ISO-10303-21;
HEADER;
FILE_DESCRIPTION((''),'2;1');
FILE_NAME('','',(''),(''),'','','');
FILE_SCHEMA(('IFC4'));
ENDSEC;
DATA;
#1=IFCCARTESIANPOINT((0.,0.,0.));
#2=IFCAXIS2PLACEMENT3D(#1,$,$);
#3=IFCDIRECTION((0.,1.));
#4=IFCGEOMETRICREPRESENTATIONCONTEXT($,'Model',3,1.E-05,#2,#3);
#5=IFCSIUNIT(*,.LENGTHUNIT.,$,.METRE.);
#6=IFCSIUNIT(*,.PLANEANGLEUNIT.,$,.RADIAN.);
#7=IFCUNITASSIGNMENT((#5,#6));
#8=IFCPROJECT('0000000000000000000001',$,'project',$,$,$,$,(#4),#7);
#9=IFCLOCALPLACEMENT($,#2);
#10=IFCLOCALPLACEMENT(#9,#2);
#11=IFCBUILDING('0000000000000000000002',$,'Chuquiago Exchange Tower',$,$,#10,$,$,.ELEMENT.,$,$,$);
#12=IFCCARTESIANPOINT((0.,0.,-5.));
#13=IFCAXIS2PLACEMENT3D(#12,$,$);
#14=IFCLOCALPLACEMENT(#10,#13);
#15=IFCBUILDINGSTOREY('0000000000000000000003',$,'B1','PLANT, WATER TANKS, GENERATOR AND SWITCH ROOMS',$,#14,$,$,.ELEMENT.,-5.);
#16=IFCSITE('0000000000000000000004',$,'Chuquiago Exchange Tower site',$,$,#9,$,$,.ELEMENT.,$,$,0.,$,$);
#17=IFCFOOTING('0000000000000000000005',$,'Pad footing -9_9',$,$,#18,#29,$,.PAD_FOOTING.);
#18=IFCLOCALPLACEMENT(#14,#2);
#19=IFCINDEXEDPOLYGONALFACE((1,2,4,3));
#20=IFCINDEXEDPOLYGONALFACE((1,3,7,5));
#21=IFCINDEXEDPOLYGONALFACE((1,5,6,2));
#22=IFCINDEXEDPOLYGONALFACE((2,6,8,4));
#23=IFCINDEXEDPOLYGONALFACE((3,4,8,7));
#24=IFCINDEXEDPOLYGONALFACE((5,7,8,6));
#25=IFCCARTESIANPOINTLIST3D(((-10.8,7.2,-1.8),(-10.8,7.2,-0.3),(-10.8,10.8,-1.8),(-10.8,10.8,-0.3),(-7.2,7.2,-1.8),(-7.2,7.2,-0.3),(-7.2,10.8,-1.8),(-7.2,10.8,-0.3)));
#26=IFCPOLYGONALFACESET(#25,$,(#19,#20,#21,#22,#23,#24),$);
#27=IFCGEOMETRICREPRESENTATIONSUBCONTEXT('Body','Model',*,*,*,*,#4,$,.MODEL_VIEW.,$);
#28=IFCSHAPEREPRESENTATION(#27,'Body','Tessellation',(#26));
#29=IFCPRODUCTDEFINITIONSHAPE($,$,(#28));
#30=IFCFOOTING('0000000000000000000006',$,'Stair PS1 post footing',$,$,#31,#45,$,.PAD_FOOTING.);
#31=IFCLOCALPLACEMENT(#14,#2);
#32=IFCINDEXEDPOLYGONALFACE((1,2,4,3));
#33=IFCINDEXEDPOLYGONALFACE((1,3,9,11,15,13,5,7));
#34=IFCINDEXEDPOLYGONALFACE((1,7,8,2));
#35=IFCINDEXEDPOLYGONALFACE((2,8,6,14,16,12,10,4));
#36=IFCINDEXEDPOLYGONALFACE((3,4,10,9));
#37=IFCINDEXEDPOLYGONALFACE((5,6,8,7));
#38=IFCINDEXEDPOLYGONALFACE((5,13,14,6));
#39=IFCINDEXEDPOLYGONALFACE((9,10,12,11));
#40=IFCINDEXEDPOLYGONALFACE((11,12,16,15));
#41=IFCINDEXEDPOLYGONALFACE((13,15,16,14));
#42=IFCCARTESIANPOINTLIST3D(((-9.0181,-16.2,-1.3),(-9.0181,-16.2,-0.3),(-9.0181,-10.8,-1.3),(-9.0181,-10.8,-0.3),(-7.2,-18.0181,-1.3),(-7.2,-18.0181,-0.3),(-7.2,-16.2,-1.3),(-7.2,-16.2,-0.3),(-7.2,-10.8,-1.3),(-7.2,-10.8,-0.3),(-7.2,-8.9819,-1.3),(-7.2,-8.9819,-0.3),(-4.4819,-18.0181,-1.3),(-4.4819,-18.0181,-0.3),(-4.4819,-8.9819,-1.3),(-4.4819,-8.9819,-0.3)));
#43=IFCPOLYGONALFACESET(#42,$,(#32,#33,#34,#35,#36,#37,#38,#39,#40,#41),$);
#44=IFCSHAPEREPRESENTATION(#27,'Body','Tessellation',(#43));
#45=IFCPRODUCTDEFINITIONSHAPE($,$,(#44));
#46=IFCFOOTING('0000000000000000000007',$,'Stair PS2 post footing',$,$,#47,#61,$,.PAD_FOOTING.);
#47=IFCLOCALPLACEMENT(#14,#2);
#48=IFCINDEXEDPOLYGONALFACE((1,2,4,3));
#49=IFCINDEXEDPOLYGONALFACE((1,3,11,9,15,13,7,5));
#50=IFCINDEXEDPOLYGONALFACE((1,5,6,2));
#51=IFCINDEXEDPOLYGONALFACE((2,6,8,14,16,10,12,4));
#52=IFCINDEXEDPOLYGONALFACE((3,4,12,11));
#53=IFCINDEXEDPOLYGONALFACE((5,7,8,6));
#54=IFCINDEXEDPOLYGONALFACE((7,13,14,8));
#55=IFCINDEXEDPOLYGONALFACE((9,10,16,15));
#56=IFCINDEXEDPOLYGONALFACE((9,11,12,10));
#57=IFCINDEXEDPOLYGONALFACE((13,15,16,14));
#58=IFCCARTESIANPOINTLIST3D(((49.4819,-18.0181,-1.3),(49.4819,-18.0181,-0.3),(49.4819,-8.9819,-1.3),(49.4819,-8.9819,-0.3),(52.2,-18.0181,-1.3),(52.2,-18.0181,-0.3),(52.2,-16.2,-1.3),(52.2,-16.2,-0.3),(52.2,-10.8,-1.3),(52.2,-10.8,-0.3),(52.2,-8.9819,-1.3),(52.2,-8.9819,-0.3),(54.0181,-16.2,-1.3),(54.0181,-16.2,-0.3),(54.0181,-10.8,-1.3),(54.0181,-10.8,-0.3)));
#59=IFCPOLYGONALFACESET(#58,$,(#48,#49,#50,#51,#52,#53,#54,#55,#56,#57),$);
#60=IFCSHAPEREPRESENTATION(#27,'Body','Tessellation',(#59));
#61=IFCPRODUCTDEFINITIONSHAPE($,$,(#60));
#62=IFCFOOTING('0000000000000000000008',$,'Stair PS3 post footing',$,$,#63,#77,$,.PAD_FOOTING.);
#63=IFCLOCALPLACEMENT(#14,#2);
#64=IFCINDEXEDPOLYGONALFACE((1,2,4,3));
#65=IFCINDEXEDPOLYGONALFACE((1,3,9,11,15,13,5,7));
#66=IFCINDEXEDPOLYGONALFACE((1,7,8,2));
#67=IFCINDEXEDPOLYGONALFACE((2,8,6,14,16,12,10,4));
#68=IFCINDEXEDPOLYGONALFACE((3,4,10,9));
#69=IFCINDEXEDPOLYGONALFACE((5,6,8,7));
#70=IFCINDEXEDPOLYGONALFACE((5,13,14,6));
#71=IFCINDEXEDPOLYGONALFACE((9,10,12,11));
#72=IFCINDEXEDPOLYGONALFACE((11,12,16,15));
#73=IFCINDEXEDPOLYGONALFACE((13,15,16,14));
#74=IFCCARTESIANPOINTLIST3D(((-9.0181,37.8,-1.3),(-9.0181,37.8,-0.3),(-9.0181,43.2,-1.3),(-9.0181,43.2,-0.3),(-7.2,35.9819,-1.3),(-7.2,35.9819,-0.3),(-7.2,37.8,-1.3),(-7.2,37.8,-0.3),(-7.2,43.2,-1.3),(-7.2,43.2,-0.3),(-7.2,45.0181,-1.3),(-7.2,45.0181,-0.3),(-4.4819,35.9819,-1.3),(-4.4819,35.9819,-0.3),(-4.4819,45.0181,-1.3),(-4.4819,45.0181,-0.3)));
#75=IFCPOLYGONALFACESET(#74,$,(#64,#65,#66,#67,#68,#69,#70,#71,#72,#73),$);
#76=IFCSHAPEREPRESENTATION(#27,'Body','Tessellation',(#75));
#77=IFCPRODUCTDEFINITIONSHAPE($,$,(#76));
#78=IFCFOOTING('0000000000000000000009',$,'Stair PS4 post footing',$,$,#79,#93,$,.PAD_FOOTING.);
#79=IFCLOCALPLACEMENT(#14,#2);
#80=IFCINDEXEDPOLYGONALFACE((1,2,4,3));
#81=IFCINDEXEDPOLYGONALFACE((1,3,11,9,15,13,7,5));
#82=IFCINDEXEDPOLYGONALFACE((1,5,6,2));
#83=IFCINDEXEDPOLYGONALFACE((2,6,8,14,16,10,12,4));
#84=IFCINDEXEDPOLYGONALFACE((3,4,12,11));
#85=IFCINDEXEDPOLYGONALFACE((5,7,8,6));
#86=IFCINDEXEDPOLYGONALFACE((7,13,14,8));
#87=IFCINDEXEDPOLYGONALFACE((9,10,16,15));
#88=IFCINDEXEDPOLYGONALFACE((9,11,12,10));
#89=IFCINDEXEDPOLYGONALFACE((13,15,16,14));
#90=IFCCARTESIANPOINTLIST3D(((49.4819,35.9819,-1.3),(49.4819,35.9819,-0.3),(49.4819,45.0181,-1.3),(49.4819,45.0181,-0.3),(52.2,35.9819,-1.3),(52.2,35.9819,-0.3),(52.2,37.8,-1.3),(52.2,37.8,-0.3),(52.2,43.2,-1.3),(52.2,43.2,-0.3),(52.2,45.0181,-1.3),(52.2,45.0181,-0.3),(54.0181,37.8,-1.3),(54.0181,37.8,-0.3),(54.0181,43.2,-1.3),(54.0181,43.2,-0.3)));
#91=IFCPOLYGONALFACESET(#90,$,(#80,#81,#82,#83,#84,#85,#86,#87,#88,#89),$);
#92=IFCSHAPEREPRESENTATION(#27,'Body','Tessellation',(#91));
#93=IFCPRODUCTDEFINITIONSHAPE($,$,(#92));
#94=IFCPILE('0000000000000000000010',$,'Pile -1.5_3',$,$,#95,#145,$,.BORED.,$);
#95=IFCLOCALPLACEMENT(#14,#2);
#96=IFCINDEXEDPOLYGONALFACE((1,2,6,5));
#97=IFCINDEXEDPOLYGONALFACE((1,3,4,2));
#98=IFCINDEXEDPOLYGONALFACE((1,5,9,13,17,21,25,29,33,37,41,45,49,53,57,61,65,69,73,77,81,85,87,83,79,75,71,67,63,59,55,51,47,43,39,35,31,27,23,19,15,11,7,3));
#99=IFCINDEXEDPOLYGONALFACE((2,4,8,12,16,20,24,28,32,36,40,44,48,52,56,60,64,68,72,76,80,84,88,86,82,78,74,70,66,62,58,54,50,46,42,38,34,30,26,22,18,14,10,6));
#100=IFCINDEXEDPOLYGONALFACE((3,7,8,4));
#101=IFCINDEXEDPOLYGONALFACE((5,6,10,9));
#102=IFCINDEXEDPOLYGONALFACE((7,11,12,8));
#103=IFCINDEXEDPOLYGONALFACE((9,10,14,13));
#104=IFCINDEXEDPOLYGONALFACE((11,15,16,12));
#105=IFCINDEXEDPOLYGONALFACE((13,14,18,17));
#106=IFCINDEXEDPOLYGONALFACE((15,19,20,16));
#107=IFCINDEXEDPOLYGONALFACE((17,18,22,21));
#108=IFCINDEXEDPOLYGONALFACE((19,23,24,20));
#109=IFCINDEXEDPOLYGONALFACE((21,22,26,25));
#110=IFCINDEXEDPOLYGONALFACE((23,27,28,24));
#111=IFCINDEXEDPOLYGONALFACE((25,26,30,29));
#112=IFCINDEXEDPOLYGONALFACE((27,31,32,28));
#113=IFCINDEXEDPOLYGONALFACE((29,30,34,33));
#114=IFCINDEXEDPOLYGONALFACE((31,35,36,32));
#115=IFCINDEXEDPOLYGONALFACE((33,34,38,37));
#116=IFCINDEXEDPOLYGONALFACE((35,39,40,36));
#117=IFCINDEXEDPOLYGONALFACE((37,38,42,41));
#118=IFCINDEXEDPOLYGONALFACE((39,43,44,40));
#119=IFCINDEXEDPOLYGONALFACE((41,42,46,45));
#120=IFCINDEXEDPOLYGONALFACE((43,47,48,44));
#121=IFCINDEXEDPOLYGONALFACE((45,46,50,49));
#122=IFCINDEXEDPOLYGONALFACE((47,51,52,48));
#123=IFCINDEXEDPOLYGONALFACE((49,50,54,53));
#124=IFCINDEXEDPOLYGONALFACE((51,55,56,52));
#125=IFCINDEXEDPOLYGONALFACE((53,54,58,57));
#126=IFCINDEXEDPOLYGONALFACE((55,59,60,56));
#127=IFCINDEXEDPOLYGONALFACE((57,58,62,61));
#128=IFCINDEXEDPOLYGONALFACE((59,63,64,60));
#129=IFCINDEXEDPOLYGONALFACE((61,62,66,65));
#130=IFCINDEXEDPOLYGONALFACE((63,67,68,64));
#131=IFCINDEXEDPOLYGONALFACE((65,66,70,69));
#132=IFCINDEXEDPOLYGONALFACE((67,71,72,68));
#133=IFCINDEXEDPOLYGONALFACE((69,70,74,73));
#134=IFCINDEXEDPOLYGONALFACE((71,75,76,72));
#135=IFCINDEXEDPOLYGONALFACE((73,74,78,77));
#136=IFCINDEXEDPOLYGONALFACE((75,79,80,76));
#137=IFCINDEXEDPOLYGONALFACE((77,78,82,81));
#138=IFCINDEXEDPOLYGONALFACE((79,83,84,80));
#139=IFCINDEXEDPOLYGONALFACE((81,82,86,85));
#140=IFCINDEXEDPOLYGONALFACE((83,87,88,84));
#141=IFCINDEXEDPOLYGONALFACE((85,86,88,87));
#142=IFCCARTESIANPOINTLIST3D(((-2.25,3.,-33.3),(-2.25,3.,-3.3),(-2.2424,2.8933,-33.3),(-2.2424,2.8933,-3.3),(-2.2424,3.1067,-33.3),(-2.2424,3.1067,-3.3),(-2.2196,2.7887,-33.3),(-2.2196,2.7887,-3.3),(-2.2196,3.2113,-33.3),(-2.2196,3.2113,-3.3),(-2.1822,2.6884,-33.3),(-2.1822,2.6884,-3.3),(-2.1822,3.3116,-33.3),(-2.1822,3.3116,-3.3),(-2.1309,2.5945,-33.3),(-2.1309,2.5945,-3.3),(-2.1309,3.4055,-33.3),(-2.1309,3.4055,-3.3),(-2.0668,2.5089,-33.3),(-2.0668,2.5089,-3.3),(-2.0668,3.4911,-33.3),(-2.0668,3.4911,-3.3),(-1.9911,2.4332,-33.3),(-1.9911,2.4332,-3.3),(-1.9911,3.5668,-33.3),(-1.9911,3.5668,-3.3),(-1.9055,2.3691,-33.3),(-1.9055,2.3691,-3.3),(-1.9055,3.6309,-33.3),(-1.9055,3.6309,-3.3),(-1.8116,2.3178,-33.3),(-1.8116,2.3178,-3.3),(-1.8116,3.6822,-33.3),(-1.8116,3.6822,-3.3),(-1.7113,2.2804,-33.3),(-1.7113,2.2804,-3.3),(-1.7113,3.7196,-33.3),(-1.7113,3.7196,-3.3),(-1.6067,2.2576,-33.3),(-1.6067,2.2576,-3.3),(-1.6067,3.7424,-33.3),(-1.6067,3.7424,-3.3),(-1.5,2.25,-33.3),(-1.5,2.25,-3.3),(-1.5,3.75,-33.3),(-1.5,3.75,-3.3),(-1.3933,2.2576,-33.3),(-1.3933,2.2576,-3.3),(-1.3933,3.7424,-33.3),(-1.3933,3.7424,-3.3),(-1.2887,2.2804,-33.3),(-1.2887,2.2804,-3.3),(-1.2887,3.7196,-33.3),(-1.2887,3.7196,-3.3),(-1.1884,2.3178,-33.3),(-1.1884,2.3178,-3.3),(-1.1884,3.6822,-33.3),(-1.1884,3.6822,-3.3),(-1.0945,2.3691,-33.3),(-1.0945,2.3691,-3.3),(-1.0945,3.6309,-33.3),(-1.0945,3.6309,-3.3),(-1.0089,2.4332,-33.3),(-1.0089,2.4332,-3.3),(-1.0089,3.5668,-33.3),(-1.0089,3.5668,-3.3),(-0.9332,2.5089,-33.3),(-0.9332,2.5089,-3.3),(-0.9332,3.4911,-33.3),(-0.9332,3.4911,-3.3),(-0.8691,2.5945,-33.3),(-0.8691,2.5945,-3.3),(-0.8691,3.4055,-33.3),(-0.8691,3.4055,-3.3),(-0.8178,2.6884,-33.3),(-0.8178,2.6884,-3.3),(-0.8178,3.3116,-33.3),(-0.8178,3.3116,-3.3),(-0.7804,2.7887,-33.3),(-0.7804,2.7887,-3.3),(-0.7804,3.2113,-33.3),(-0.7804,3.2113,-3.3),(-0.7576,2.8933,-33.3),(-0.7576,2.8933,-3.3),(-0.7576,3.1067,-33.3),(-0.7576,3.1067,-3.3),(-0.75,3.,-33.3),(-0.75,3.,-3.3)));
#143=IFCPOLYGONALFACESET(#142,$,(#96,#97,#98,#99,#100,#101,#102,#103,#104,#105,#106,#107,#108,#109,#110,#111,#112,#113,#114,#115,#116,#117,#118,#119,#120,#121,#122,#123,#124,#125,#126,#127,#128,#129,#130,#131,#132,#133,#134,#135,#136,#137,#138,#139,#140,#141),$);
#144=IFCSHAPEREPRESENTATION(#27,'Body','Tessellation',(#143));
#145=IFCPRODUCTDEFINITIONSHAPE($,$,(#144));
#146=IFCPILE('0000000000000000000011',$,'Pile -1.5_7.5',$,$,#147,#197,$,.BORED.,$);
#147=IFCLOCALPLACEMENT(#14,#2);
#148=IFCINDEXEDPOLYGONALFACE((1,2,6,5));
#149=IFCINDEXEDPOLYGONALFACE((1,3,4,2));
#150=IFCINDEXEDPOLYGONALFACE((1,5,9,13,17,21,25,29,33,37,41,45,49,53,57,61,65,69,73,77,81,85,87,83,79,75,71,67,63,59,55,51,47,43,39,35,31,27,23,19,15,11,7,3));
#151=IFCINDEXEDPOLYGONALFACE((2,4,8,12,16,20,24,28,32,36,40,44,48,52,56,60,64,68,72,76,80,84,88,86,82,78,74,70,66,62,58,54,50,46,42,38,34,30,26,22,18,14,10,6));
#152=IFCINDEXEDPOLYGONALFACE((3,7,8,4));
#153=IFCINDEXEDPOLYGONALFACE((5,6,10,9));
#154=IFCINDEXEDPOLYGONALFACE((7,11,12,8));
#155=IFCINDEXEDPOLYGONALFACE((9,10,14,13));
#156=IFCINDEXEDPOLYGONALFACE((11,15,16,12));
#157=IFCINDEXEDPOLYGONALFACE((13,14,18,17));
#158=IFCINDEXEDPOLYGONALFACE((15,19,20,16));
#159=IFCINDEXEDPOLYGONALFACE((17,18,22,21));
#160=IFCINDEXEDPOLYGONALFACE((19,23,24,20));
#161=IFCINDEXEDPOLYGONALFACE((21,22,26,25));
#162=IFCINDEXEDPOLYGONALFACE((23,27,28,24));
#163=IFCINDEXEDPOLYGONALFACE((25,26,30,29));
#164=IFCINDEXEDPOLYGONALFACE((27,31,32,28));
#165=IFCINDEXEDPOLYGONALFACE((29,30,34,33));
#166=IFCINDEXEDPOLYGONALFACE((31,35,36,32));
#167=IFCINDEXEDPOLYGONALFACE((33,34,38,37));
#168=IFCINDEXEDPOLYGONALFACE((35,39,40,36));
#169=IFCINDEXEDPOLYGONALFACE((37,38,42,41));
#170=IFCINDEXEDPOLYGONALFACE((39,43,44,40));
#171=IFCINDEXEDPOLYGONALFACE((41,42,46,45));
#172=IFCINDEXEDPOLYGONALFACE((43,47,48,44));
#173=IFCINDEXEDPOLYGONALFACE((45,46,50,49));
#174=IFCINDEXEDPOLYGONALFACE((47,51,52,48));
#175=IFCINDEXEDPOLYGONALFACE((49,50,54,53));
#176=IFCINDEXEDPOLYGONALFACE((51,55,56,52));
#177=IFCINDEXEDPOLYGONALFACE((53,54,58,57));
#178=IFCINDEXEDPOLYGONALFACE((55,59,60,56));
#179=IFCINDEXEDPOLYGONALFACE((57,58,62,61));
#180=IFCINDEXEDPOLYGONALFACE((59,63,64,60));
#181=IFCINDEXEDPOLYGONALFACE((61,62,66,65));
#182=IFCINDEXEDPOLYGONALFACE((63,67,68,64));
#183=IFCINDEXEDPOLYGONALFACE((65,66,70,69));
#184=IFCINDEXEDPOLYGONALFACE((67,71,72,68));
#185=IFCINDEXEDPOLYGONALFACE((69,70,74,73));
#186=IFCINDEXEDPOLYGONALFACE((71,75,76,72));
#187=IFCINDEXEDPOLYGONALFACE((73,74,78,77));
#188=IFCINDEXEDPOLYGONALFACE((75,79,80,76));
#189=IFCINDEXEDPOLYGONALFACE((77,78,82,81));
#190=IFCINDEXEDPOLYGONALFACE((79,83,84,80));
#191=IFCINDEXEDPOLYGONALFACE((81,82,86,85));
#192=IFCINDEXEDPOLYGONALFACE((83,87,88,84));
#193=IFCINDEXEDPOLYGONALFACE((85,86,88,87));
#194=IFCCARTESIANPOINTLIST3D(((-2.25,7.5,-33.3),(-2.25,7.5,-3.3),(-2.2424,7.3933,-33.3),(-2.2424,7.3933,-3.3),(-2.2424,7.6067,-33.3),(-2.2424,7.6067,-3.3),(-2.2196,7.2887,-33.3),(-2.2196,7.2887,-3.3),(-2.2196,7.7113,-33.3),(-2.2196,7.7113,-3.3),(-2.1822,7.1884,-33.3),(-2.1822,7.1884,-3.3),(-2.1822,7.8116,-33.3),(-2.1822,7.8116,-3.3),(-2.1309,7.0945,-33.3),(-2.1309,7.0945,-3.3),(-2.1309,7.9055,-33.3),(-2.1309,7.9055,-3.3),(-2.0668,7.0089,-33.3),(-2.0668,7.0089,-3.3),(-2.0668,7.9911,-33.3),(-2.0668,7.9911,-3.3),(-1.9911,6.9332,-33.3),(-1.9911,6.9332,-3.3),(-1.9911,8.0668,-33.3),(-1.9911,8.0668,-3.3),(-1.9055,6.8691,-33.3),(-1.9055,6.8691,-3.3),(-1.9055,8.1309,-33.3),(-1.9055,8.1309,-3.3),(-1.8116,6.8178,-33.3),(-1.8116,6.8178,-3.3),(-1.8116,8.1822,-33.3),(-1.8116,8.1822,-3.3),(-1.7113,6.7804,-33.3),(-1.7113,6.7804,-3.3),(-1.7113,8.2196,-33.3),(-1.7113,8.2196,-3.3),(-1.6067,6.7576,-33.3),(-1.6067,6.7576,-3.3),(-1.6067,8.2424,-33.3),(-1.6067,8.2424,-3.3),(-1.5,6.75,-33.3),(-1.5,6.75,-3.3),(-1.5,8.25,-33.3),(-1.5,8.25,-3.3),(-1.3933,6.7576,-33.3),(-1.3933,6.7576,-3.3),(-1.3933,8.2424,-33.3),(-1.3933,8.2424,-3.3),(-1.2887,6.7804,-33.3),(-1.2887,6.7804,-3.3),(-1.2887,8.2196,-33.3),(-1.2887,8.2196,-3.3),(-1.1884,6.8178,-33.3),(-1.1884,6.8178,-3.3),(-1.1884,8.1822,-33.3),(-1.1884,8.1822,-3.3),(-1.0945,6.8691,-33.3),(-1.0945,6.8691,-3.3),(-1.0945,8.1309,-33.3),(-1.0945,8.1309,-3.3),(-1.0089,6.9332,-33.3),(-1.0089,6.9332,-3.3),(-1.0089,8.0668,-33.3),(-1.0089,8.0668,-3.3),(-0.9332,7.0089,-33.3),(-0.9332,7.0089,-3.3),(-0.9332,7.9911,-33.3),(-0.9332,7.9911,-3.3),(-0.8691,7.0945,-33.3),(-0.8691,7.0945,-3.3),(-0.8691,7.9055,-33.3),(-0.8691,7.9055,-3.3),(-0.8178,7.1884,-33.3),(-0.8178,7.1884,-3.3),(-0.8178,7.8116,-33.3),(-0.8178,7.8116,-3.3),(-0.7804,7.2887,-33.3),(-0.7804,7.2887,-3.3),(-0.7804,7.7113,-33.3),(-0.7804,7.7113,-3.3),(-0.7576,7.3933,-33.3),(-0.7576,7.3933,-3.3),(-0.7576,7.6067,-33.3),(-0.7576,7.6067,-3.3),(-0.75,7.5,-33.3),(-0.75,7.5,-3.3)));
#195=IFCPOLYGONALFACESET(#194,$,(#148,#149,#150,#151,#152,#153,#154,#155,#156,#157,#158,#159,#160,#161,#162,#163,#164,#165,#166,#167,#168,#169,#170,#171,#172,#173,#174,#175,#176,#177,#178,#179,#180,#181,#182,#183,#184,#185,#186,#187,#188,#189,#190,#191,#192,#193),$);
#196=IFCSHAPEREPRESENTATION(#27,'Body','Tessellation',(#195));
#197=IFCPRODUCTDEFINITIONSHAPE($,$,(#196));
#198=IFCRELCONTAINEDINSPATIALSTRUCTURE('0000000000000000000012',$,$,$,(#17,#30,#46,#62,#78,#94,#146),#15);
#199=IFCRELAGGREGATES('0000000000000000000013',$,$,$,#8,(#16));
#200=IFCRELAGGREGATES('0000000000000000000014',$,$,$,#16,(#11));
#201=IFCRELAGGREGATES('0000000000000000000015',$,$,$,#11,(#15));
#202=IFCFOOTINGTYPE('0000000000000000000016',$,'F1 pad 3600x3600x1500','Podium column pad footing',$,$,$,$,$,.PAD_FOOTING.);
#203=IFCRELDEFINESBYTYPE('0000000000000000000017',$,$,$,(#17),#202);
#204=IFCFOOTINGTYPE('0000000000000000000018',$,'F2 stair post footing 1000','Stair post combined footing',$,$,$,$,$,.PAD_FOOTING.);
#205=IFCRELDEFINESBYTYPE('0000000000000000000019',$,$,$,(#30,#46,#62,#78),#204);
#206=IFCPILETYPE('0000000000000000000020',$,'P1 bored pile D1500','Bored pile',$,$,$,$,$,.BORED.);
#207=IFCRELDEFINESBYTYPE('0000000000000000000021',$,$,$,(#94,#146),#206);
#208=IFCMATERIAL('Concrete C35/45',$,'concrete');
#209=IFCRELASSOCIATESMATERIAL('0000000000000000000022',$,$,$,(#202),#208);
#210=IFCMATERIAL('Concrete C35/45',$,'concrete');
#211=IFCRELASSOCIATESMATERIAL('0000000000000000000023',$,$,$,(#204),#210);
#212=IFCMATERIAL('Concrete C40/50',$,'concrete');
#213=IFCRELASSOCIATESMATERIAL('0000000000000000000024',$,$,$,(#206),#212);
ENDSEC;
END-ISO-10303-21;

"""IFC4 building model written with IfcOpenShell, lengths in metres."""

from ifc_helpers import new_model, si_unit, direction, frame, origin, origin_2d, place, context, subcontext, project, spatial, polyline, rectangle, circle, outline, extrude, material, material_profile, profile_set, type_object, element, save


model = new_model("IFC4")

# Units and contexts
model_context = context("Model", 3, precision=1e-05, world=origin(), true_north=direction((0.0, 1.0)))
body_context = subcontext(model_context, "Body", "Model", "MODEL_VIEW")
ifc_project = project(units=[si_unit("LENGTHUNIT", "METRE"), si_unit("PLANEANGLEUNIT", "RADIAN")], contexts=[model_context])

# Site, building, storey
site_placement = place(None, origin())
site = spatial("IfcSite", under=ifc_project, at=site_placement, Name="Chuquiago Exchange Tower site", CompositionType="ELEMENT", RefElevation=0.0)
building_placement = place(site_placement, origin())
building = spatial("IfcBuilding", under=site, at=building_placement, Name="Chuquiago Exchange Tower", CompositionType="ELEMENT")
storey_placement = place(building_placement, frame((0.0, 0.0, -5.0)))
storey = spatial("IfcBuildingStorey", under=building, at=storey_placement, Name="B1", Description="PLANT, WATER TANKS, GENERATOR AND SWITCH ROOMS", CompositionType="ELEMENT", Elevation=-5.0)

# Footings
ifc_material_1 = material(Name="Concrete C35/45", Category="concrete")
footing_type_1 = type_object("IfcFootingType", Name="F1 pad 3600x3600x1500", Description="Podium column pad footing", PredefinedType="PAD_FOOTING", material=ifc_material_1)
footing_1_placement = place(storey_placement, frame((-9.0, 9.0, -1.8), z_axis=(0.0, 0.0, 1.0), x_axis=(1.0, 0.0, 0.0)))
element("IfcFooting", 1, at=footing_1_placement, inside=storey, type_object=footing_type_1, Name="Pad footing -9_9", PredefinedType="PAD_FOOTING", context=body_context, shape_type="SweptSolid", body=[
    extrude(rectangle(XDim=3.6001, YDim=3.6001, at=origin_2d()), origin(), (0.0, 0.0, 1.0), 1.5),
])
ifc_material_2 = material(Name="Concrete C35/45", Category="concrete")
footing_type_2 = type_object("IfcFootingType", Name="F2 stair post footing 1000", Description="Stair post combined footing", PredefinedType="PAD_FOOTING", material=ifc_material_2)
footing_2_placement = place(storey_placement, frame((0.0, 0.0, -1.3)))
element("IfcFooting", 2, at=footing_2_placement, inside=storey, type_object=footing_type_2, Name="Stair PS1 post footing", PredefinedType="PAD_FOOTING", context=body_context, shape_type="SweptSolid", body=[
    extrude(outline(polyline([(-4.4819, -8.9819), (-4.4819, -18.0181), (-7.2, -18.0181), (-7.2, -16.2), (-9.0181, -16.2), (-9.0181, -10.8), (-7.2, -10.8), (-7.2, -8.9819), (-4.4819, -8.9819)])), origin(), (0.0, 0.0, 1.0), 1.0),
])
footing_3_placement = place(storey_placement, frame((0.0, 0.0, -1.3)))
element("IfcFooting", 3, at=footing_3_placement, inside=storey, type_object=footing_type_2, Name="Stair PS2 post footing", PredefinedType="PAD_FOOTING", context=body_context, shape_type="SweptSolid", body=[
    extrude(outline(polyline([(54.0181, -16.2), (52.2, -16.2), (52.2, -18.0181), (49.4819, -18.0181), (49.4819, -8.9819), (52.2, -8.9819), (52.2, -10.8), (54.0181, -10.8), (54.0181, -16.2)])), origin(), (0.0, 0.0, 1.0), 1.0),
])
footing_4_placement = place(storey_placement, frame((0.0, 0.0, -1.3)))
element("IfcFooting", 4, at=footing_4_placement, inside=storey, type_object=footing_type_2, Name="Stair PS3 post footing", PredefinedType="PAD_FOOTING", context=body_context, shape_type="SweptSolid", body=[
    extrude(outline(polyline([(-4.4819, 45.0181), (-4.4819, 35.9819), (-7.2, 35.9819), (-7.2, 37.8), (-9.0181, 37.8), (-9.0181, 43.2), (-7.2, 43.2), (-7.2, 45.0181), (-4.4819, 45.0181)])), origin(), (0.0, 0.0, 1.0), 1.0),
])
footing_5_placement = place(storey_placement, frame((0.0, 0.0, -1.3)))
element("IfcFooting", 5, at=footing_5_placement, inside=storey, type_object=footing_type_2, Name="Stair PS4 post footing", PredefinedType="PAD_FOOTING", context=body_context, shape_type="SweptSolid", body=[
    extrude(outline(polyline([(54.0181, 37.8), (52.2, 37.8), (52.2, 35.9819), (49.4819, 35.9819), (49.4819, 45.0181), (52.2, 45.0181), (52.2, 43.2), (54.0181, 43.2), (54.0181, 37.8)])), origin(), (0.0, 0.0, 1.0), 1.0),
])

# Piles
ifc_material_3 = material(Name="Concrete C40/50", Category="concrete")
ifc_material_profile_1 = material_profile(ifc_material_3, circle(Radius=0.75, at=origin_2d()), Name="D1500")
ifc_profile_set_1 = profile_set([ifc_material_profile_1], Name="Concrete C40/50")
pile_type = type_object("IfcPileType", Name="P1 bored pile D1500", Description="Bored pile", PredefinedType="BORED", material=ifc_profile_set_1)
for number, where, z_axis, x_axis, name in (
    (6, (-1.5, 3.0, -3.3), (0.0, 0.0, -1.0), (1.0, 0.0, 0.0), "Pile -1.5_3"),
    (7, (-1.5, 7.5, -3.3), (0.0, 0.0, -1.0), (1.0, 0.0, 0.0), "Pile -1.5_7.5"),
):
    element("IfcPile", number, at=place(storey_placement, frame(where, z_axis=z_axis, x_axis=x_axis)), inside=storey, type_object=pile_type, Name=name, PredefinedType="BORED", context=body_context, shape_type="SweptSolid", body=[
        extrude(circle(Radius=0.75, at=origin_2d()), origin(), (0.0, 0.0, 1.0), 30.0),
    ])

save(model, "model.ifc")
